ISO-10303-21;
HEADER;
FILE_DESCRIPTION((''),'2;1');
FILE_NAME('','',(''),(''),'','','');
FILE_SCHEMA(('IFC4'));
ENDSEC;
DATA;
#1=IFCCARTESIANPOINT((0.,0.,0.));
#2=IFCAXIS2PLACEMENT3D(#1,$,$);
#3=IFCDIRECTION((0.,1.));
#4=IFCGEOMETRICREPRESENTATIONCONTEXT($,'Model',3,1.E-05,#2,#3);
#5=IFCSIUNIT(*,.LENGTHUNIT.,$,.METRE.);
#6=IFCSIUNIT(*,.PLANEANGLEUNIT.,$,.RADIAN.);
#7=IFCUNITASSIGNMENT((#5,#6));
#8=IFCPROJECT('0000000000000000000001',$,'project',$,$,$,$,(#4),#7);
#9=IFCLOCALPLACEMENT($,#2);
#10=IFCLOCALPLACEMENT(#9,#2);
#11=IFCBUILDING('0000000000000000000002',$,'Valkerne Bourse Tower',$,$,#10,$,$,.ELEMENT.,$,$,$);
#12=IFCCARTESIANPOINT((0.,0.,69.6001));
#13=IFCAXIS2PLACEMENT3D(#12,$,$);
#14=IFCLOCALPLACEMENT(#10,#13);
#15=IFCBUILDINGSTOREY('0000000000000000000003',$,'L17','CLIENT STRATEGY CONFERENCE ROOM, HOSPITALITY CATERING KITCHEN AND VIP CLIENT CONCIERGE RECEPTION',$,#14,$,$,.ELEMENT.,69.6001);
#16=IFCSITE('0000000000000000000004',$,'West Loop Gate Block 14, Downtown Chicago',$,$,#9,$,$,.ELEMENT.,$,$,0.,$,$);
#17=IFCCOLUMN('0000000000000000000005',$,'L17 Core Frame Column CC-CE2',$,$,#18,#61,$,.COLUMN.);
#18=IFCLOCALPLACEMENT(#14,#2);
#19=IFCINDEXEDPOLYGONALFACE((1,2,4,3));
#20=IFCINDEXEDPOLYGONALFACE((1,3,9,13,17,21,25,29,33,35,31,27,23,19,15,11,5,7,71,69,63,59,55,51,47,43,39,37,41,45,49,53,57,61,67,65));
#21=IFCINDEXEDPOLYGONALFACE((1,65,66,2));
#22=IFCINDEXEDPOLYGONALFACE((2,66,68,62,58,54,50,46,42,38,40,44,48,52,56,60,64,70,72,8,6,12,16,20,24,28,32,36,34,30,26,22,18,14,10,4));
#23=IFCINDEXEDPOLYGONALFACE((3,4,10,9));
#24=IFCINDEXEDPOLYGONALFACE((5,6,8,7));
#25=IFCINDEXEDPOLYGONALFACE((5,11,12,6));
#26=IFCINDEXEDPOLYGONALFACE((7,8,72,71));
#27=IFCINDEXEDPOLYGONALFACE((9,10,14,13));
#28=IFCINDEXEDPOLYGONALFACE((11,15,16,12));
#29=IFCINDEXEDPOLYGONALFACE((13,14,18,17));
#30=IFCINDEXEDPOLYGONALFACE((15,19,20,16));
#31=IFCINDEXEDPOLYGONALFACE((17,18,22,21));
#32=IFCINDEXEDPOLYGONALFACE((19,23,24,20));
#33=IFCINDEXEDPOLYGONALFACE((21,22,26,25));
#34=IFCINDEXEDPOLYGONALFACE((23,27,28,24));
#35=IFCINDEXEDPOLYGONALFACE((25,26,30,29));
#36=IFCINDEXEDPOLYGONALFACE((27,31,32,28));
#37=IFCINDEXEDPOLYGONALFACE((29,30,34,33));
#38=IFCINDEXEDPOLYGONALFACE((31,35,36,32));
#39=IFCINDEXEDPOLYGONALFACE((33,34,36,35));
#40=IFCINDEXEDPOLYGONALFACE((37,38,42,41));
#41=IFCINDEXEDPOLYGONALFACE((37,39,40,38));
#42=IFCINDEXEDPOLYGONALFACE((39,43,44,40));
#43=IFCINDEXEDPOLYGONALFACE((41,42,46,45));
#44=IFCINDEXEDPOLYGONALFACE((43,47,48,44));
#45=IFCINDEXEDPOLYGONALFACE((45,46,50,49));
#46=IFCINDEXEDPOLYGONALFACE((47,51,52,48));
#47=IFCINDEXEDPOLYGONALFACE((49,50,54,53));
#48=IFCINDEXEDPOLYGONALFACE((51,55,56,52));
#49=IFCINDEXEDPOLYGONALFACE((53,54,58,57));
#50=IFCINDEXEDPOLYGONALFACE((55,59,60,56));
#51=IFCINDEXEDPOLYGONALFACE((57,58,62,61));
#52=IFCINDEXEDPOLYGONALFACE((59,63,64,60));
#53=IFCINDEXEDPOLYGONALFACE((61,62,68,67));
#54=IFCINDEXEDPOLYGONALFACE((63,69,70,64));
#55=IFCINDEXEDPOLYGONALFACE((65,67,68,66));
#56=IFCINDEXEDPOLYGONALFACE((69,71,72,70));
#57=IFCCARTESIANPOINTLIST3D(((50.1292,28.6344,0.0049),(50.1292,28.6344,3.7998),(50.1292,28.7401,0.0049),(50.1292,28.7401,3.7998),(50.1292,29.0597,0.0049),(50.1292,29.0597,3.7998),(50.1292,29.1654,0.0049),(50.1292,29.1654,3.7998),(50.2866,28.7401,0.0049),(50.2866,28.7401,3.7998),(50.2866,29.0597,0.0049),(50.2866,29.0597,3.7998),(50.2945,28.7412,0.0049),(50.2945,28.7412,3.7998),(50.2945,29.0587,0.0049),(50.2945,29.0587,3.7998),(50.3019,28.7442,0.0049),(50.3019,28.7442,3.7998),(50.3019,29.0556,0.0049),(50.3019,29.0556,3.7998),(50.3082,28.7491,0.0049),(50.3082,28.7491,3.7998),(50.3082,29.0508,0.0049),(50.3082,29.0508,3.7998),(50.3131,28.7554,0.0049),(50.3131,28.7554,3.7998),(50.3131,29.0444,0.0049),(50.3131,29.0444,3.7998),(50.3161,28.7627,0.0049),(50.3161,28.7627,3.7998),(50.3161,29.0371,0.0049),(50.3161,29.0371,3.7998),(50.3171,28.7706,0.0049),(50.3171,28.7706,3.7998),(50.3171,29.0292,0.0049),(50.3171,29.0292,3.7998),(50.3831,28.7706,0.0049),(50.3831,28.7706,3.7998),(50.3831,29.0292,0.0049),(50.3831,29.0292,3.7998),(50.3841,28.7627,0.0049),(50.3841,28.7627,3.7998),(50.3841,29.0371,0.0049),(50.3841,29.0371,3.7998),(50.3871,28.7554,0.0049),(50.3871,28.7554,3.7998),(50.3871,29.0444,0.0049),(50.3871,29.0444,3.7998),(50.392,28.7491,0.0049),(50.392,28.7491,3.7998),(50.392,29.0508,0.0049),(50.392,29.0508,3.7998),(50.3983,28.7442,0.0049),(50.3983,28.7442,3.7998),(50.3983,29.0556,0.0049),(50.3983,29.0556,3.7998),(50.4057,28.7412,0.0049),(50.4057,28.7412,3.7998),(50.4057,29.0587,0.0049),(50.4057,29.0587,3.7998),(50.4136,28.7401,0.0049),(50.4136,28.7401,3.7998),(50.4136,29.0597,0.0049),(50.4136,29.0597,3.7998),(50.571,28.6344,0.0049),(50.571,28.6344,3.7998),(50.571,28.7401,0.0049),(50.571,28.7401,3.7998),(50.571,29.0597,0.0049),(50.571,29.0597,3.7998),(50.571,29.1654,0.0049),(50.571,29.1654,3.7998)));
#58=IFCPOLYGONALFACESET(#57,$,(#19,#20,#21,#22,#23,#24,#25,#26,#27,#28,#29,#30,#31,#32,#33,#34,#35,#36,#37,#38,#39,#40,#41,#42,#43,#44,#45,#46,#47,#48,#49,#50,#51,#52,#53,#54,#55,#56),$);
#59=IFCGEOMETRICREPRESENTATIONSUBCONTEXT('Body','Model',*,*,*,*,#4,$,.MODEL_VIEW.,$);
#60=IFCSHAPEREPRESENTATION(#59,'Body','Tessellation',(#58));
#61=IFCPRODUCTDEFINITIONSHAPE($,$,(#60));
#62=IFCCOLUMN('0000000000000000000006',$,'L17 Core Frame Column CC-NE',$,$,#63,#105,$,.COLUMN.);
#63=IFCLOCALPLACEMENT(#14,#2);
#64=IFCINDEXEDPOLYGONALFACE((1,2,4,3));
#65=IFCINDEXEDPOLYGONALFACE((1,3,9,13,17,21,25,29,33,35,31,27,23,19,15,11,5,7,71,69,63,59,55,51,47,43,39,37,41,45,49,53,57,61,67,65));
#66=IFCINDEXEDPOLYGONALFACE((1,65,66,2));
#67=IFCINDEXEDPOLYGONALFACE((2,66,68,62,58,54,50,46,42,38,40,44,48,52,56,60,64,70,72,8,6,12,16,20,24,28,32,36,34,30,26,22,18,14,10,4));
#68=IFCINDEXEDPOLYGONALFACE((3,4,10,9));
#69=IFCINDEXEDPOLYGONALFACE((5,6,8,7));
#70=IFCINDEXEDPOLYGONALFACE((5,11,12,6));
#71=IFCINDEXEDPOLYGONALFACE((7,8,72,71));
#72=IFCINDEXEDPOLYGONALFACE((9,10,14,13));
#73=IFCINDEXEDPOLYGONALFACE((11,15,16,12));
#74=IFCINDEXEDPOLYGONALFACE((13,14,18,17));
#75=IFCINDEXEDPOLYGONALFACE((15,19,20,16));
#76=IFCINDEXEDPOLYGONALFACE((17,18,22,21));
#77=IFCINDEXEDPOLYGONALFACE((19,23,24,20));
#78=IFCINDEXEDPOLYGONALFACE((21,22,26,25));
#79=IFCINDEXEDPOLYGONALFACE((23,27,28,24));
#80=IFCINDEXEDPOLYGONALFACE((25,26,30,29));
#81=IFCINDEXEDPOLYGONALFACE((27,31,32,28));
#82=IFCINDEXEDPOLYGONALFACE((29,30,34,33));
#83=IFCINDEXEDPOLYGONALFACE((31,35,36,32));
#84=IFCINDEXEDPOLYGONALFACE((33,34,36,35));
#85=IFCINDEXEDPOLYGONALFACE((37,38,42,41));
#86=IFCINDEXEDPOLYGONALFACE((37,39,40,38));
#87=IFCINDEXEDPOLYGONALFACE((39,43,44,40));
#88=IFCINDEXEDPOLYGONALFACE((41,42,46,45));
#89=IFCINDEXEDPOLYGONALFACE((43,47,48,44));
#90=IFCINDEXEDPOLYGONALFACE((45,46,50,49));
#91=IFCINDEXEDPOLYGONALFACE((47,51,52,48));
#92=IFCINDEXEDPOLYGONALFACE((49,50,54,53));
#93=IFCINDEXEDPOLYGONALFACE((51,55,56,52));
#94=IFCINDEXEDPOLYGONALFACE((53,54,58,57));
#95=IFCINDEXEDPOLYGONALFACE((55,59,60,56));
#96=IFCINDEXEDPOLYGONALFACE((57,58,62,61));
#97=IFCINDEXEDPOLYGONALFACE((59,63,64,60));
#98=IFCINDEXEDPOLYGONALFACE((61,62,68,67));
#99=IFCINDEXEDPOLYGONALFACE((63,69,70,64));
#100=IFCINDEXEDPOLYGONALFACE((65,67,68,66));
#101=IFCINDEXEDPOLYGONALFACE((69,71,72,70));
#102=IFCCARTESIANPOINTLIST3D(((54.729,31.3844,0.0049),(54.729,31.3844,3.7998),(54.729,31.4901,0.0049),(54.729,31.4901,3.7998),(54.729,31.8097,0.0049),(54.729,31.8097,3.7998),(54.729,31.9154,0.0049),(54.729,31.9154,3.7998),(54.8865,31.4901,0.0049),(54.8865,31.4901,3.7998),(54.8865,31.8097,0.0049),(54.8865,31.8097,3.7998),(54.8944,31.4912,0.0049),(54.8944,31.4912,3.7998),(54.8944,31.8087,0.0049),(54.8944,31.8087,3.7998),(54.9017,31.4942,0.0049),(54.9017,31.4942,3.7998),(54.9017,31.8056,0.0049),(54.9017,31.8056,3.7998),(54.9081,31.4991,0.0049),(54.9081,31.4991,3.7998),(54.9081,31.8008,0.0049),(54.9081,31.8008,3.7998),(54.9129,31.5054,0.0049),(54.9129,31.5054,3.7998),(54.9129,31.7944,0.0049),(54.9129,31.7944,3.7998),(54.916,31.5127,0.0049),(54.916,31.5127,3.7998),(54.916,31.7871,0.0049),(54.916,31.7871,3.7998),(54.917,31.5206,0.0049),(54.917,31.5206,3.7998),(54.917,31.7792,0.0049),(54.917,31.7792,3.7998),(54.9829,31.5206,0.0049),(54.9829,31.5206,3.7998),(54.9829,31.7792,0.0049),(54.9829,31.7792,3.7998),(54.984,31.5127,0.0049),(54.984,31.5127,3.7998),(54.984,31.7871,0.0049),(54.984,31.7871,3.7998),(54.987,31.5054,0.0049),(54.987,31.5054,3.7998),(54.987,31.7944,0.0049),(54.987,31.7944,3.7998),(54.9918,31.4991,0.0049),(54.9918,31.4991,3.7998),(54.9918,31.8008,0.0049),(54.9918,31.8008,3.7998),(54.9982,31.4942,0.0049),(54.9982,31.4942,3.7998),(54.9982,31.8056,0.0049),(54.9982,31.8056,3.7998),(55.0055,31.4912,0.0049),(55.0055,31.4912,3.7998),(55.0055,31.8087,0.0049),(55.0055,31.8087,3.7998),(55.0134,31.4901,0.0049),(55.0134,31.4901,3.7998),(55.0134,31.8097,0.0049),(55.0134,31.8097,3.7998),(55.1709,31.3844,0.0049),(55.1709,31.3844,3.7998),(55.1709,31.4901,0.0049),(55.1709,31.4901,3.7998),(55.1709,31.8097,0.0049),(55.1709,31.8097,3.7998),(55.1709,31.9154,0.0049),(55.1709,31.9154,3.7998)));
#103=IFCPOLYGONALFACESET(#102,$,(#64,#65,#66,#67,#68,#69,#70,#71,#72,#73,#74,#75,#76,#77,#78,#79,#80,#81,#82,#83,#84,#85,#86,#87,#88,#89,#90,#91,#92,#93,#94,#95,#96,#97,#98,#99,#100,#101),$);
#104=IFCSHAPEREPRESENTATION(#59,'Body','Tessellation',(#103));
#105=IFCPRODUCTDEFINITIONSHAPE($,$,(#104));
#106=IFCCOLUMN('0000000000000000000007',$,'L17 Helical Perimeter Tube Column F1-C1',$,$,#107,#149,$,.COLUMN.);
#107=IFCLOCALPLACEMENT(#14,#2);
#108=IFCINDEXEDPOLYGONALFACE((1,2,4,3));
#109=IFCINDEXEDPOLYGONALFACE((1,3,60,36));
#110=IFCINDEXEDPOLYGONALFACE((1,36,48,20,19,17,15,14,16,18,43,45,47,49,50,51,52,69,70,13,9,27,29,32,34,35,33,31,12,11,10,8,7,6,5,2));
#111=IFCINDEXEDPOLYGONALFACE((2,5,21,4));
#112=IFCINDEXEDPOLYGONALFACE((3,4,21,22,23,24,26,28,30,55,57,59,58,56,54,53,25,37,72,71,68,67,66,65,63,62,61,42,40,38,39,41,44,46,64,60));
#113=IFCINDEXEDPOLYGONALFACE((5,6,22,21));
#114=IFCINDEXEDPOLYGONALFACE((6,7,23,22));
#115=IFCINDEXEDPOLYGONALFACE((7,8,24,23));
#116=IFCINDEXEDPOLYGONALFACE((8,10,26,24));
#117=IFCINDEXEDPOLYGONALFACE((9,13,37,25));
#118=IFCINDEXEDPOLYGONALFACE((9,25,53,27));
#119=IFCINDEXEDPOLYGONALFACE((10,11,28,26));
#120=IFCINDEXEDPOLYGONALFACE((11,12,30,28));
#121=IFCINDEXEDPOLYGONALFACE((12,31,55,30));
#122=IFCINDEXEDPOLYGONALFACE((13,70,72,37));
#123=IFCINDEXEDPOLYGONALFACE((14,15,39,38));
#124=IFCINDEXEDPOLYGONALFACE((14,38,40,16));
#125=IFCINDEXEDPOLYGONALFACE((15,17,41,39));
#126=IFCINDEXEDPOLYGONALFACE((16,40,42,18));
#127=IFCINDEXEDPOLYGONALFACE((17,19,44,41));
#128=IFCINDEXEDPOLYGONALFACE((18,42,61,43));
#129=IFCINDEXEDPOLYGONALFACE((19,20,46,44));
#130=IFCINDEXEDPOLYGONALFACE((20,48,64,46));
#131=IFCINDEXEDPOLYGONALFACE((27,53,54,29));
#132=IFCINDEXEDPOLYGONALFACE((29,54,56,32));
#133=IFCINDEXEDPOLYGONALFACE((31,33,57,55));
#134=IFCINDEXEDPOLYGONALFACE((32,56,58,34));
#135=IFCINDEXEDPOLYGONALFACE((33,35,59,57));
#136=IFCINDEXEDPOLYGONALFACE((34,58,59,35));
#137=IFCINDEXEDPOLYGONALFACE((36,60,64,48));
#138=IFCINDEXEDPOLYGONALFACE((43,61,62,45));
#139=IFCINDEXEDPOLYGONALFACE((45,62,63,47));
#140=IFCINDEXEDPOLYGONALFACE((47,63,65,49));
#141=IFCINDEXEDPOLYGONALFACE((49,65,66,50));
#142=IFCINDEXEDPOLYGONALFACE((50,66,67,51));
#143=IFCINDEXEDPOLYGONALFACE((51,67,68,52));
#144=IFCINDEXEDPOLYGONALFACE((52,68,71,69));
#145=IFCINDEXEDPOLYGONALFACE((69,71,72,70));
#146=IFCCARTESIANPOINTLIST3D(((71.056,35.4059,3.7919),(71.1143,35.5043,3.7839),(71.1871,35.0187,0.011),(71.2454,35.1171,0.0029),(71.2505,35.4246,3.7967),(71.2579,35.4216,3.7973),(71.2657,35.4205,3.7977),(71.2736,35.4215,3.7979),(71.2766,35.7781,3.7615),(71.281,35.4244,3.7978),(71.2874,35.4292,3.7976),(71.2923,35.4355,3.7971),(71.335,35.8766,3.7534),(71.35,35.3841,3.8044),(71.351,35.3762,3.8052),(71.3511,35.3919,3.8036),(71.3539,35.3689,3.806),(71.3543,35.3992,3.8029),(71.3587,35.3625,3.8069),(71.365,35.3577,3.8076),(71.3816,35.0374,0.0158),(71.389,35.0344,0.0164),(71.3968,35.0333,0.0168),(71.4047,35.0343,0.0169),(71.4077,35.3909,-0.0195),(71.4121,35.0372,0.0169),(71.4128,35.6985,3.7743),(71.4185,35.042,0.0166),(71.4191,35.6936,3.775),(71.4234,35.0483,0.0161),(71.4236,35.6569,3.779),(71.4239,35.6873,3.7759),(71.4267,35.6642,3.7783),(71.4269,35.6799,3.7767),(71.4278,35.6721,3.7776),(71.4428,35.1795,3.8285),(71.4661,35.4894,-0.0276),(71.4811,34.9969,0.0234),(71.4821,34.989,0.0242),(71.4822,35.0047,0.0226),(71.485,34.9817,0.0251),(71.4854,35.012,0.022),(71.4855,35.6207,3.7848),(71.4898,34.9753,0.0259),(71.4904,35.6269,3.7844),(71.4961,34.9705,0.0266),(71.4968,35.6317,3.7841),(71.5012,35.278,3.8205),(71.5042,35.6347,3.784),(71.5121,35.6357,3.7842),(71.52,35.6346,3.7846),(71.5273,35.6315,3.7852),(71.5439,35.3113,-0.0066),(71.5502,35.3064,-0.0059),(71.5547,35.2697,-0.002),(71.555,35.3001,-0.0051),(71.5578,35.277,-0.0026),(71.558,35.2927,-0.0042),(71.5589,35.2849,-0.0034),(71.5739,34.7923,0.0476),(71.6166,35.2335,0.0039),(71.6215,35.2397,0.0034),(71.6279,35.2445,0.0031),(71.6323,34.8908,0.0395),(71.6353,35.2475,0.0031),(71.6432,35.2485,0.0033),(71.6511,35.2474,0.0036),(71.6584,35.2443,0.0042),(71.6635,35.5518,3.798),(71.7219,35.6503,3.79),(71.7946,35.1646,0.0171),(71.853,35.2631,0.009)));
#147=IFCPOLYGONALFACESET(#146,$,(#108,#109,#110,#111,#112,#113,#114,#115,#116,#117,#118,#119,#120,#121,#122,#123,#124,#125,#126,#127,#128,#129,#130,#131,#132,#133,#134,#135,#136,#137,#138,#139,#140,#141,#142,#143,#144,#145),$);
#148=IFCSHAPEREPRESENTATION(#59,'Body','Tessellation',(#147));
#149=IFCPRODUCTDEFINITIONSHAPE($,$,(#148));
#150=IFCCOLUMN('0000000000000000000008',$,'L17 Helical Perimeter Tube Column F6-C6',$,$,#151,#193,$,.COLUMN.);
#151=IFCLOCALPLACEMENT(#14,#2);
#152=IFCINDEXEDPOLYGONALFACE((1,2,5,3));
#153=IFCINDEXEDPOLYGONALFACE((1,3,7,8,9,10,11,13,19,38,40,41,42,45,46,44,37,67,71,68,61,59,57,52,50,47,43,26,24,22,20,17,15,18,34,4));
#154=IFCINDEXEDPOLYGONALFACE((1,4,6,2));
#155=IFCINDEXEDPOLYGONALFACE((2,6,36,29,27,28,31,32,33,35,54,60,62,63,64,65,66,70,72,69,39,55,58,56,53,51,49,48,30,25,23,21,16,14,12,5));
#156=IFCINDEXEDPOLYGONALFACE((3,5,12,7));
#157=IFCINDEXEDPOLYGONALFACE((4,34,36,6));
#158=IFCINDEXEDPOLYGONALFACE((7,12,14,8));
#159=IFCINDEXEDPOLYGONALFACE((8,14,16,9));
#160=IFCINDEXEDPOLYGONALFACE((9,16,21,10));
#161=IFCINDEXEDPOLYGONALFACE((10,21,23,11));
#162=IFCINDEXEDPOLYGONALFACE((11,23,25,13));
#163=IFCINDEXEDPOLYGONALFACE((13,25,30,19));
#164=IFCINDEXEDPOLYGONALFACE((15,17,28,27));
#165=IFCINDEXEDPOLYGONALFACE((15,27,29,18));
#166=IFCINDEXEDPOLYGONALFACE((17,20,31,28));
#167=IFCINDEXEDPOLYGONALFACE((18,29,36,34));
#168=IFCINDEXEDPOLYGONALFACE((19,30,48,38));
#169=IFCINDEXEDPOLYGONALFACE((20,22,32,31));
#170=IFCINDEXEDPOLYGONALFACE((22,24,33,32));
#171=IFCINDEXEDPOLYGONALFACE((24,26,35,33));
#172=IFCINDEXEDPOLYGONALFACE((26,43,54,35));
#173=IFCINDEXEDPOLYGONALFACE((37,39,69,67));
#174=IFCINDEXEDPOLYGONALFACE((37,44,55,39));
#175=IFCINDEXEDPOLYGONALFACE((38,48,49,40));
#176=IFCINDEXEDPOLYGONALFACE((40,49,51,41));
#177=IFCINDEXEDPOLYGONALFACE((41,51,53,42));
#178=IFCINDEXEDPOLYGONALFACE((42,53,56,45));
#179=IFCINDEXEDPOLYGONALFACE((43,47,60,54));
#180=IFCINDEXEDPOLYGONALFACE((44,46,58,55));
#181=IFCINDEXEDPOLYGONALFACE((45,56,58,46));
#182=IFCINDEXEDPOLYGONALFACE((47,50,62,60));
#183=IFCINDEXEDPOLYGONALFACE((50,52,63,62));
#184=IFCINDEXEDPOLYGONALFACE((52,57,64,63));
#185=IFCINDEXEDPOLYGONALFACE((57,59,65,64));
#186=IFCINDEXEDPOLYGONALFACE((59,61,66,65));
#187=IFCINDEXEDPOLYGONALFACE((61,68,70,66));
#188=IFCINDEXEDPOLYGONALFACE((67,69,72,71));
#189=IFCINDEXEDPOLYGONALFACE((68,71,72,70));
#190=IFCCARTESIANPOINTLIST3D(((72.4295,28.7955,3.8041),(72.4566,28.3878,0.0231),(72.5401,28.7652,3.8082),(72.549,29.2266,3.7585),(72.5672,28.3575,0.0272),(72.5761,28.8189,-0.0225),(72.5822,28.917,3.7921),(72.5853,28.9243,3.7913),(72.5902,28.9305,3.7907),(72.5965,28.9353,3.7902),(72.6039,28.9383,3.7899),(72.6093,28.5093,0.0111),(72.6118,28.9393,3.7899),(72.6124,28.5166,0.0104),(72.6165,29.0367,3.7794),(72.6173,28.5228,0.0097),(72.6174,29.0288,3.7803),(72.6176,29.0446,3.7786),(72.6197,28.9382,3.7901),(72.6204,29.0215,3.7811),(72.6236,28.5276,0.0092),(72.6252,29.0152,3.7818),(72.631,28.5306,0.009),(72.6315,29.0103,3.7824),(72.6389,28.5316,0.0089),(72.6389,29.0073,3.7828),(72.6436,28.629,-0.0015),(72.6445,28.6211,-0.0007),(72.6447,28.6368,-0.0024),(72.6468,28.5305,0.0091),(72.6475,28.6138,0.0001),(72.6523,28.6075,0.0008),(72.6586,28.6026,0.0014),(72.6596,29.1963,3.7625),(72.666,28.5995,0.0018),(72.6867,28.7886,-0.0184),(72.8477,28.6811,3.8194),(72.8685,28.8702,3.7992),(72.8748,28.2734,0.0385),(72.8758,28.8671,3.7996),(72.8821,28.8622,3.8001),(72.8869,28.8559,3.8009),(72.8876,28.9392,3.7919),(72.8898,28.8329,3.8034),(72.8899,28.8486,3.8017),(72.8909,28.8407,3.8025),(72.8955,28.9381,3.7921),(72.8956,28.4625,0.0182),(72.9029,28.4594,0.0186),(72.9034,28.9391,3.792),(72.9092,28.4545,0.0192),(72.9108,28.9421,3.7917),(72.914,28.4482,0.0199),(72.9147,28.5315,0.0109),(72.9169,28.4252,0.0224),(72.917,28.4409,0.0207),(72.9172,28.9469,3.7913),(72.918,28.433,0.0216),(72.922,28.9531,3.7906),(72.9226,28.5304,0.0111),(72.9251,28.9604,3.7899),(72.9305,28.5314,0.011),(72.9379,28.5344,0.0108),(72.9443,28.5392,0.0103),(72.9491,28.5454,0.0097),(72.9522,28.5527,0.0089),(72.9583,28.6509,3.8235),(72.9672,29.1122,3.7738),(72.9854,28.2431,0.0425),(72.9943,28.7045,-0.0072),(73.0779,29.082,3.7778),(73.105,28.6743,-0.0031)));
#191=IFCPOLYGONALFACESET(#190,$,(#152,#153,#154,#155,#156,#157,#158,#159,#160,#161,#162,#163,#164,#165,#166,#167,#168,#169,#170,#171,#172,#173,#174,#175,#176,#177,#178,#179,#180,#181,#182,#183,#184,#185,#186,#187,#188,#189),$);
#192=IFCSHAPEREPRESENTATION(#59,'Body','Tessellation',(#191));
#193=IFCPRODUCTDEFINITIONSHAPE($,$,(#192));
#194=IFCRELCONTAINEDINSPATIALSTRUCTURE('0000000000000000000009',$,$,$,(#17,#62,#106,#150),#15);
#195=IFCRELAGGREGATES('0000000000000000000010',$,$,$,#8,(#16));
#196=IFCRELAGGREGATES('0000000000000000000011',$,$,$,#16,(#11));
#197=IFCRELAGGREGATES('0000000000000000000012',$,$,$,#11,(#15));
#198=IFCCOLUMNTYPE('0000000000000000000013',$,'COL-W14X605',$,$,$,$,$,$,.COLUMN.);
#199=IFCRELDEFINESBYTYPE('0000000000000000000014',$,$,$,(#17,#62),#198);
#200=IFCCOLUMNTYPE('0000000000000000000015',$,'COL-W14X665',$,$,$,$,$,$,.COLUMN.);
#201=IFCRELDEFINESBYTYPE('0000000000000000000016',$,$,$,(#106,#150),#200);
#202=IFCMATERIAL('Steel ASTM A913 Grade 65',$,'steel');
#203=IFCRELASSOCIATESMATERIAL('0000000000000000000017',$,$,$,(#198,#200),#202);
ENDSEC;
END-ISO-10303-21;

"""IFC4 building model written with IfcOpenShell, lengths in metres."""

from ifc_helpers import new_model, si_unit, direction, frame, origin, origin_2d, place, context, subcontext, project, spatial, i_section, extrude, material, material_profile, profile_set, type_object, element, save


model = new_model("IFC4")

# Units and contexts
model_context = context("Model", 3, precision=1e-05, world=origin(), true_north=direction((0.0, 1.0)))
body_context = subcontext(model_context, "Body", "Model", "MODEL_VIEW")
ifc_project = project(units=[si_unit("LENGTHUNIT", "METRE"), si_unit("PLANEANGLEUNIT", "RADIAN")], contexts=[model_context])

# Site, building, storey
site_placement = place(None, origin())
site = spatial("IfcSite", under=ifc_project, at=site_placement, Name="West Loop Gate Block 14, Downtown Chicago", CompositionType="ELEMENT", RefElevation=0.0)
building_placement = place(site_placement, origin())
building = spatial("IfcBuilding", under=site, at=building_placement, Name="Valkerne Bourse Tower", CompositionType="ELEMENT")
storey_placement = place(building_placement, frame((0.0, 0.0, 69.6001)))
storey = spatial("IfcBuildingStorey", under=building, at=storey_placement, Name="L17", Description="CLIENT STRATEGY CONFERENCE ROOM, HOSPITALITY CATERING KITCHEN AND VIP CLIENT CONCIERGE RECEPTION", CompositionType="ELEMENT", Elevation=69.6001)

# Columns
ifc_material_1 = material(Name="Steel ASTM A913 Grade 65", Category="steel")
ifc_material_profile_1 = material_profile(ifc_material_1, i_section(OverallWidth=0.4419, OverallDepth=0.531, WebThickness=0.0659, FlangeThickness=0.1057, FilletRadius=0.0305, at=origin_2d()), Name="W14X605")
ifc_profile_set_1 = profile_set([ifc_material_profile_1], Name="Steel ASTM A913 Grade 65")
column_type_1 = type_object("IfcColumnType", Name="COL-W14X605", PredefinedType="COLUMN", material=ifc_profile_set_1)
for number, where, z_axis, x_axis, name in (
    (1, (50.3501, 28.8999, 0.0049), (0.0, 0.0, 1.0), (1.0, 0.0, 0.0), "L17 Core Frame Column CC-CE2"),
    (2, (54.95, 31.6499, 0.0049), (0.0, 0.0, 1.0), (1.0, 0.0, 0.0), "L17 Core Frame Column CC-NE"),
):
    element("IfcColumn", number, at=place(storey_placement, frame(where, z_axis=z_axis, x_axis=x_axis)), inside=storey, type_object=column_type_1, Name=name, PredefinedType="COLUMN", context=body_context, shape_type="SweptSolid", body=[
        extrude(i_section(OverallWidth=0.4419, OverallDepth=0.531, WebThickness=0.0659, FlangeThickness=0.1057, FilletRadius=0.0305, at=origin_2d()), origin(), (0.0, 0.0, 1.0), 3.7949),
    ])
ifc_material_profile_2 = material_profile(ifc_material_1, i_section(OverallWidth=0.4497, OverallDepth=0.5486, WebThickness=0.072, FlangeThickness=0.1147, FilletRadius=0.0305, at=origin_2d()), Name="W14X665")
ifc_profile_set_2 = profile_set([ifc_material_profile_2], Name="Steel ASTM A913 Grade 65")
column_type_2 = type_object("IfcColumnType", Name="COL-W14X665", PredefinedType="COLUMN", material=ifc_profile_set_2)
for number, where, z_axis, x_axis, name in (
    (3, (71.52, 35.1409, 0.01), (-0.034473, 0.101815, 0.994206), (0.860271, -0.503302, 0.081372), "L17 Helical Perimeter Tube Column F1-C1"),
    (4, (72.7808, 28.531, 0.01), (-0.007126, 0.107208, 0.994211), (-0.265873, -0.958653, 0.101468), "L17 Helical Perimeter Tube Column F6-C6"),
):
    element("IfcColumn", number, at=place(storey_placement, frame(where, z_axis=z_axis, x_axis=x_axis)), inside=storey, type_object=column_type_2, Name=name, PredefinedType="COLUMN", context=body_context, shape_type="SweptSolid", body=[
        extrude(i_section(OverallWidth=0.4497, OverallDepth=0.5486, WebThickness=0.072, FlangeThickness=0.1147, FilletRadius=0.0305, at=origin_2d()), origin(), (0.0, 0.0, 1.0), 3.803),
    ])

save(model, "model.ifc")
